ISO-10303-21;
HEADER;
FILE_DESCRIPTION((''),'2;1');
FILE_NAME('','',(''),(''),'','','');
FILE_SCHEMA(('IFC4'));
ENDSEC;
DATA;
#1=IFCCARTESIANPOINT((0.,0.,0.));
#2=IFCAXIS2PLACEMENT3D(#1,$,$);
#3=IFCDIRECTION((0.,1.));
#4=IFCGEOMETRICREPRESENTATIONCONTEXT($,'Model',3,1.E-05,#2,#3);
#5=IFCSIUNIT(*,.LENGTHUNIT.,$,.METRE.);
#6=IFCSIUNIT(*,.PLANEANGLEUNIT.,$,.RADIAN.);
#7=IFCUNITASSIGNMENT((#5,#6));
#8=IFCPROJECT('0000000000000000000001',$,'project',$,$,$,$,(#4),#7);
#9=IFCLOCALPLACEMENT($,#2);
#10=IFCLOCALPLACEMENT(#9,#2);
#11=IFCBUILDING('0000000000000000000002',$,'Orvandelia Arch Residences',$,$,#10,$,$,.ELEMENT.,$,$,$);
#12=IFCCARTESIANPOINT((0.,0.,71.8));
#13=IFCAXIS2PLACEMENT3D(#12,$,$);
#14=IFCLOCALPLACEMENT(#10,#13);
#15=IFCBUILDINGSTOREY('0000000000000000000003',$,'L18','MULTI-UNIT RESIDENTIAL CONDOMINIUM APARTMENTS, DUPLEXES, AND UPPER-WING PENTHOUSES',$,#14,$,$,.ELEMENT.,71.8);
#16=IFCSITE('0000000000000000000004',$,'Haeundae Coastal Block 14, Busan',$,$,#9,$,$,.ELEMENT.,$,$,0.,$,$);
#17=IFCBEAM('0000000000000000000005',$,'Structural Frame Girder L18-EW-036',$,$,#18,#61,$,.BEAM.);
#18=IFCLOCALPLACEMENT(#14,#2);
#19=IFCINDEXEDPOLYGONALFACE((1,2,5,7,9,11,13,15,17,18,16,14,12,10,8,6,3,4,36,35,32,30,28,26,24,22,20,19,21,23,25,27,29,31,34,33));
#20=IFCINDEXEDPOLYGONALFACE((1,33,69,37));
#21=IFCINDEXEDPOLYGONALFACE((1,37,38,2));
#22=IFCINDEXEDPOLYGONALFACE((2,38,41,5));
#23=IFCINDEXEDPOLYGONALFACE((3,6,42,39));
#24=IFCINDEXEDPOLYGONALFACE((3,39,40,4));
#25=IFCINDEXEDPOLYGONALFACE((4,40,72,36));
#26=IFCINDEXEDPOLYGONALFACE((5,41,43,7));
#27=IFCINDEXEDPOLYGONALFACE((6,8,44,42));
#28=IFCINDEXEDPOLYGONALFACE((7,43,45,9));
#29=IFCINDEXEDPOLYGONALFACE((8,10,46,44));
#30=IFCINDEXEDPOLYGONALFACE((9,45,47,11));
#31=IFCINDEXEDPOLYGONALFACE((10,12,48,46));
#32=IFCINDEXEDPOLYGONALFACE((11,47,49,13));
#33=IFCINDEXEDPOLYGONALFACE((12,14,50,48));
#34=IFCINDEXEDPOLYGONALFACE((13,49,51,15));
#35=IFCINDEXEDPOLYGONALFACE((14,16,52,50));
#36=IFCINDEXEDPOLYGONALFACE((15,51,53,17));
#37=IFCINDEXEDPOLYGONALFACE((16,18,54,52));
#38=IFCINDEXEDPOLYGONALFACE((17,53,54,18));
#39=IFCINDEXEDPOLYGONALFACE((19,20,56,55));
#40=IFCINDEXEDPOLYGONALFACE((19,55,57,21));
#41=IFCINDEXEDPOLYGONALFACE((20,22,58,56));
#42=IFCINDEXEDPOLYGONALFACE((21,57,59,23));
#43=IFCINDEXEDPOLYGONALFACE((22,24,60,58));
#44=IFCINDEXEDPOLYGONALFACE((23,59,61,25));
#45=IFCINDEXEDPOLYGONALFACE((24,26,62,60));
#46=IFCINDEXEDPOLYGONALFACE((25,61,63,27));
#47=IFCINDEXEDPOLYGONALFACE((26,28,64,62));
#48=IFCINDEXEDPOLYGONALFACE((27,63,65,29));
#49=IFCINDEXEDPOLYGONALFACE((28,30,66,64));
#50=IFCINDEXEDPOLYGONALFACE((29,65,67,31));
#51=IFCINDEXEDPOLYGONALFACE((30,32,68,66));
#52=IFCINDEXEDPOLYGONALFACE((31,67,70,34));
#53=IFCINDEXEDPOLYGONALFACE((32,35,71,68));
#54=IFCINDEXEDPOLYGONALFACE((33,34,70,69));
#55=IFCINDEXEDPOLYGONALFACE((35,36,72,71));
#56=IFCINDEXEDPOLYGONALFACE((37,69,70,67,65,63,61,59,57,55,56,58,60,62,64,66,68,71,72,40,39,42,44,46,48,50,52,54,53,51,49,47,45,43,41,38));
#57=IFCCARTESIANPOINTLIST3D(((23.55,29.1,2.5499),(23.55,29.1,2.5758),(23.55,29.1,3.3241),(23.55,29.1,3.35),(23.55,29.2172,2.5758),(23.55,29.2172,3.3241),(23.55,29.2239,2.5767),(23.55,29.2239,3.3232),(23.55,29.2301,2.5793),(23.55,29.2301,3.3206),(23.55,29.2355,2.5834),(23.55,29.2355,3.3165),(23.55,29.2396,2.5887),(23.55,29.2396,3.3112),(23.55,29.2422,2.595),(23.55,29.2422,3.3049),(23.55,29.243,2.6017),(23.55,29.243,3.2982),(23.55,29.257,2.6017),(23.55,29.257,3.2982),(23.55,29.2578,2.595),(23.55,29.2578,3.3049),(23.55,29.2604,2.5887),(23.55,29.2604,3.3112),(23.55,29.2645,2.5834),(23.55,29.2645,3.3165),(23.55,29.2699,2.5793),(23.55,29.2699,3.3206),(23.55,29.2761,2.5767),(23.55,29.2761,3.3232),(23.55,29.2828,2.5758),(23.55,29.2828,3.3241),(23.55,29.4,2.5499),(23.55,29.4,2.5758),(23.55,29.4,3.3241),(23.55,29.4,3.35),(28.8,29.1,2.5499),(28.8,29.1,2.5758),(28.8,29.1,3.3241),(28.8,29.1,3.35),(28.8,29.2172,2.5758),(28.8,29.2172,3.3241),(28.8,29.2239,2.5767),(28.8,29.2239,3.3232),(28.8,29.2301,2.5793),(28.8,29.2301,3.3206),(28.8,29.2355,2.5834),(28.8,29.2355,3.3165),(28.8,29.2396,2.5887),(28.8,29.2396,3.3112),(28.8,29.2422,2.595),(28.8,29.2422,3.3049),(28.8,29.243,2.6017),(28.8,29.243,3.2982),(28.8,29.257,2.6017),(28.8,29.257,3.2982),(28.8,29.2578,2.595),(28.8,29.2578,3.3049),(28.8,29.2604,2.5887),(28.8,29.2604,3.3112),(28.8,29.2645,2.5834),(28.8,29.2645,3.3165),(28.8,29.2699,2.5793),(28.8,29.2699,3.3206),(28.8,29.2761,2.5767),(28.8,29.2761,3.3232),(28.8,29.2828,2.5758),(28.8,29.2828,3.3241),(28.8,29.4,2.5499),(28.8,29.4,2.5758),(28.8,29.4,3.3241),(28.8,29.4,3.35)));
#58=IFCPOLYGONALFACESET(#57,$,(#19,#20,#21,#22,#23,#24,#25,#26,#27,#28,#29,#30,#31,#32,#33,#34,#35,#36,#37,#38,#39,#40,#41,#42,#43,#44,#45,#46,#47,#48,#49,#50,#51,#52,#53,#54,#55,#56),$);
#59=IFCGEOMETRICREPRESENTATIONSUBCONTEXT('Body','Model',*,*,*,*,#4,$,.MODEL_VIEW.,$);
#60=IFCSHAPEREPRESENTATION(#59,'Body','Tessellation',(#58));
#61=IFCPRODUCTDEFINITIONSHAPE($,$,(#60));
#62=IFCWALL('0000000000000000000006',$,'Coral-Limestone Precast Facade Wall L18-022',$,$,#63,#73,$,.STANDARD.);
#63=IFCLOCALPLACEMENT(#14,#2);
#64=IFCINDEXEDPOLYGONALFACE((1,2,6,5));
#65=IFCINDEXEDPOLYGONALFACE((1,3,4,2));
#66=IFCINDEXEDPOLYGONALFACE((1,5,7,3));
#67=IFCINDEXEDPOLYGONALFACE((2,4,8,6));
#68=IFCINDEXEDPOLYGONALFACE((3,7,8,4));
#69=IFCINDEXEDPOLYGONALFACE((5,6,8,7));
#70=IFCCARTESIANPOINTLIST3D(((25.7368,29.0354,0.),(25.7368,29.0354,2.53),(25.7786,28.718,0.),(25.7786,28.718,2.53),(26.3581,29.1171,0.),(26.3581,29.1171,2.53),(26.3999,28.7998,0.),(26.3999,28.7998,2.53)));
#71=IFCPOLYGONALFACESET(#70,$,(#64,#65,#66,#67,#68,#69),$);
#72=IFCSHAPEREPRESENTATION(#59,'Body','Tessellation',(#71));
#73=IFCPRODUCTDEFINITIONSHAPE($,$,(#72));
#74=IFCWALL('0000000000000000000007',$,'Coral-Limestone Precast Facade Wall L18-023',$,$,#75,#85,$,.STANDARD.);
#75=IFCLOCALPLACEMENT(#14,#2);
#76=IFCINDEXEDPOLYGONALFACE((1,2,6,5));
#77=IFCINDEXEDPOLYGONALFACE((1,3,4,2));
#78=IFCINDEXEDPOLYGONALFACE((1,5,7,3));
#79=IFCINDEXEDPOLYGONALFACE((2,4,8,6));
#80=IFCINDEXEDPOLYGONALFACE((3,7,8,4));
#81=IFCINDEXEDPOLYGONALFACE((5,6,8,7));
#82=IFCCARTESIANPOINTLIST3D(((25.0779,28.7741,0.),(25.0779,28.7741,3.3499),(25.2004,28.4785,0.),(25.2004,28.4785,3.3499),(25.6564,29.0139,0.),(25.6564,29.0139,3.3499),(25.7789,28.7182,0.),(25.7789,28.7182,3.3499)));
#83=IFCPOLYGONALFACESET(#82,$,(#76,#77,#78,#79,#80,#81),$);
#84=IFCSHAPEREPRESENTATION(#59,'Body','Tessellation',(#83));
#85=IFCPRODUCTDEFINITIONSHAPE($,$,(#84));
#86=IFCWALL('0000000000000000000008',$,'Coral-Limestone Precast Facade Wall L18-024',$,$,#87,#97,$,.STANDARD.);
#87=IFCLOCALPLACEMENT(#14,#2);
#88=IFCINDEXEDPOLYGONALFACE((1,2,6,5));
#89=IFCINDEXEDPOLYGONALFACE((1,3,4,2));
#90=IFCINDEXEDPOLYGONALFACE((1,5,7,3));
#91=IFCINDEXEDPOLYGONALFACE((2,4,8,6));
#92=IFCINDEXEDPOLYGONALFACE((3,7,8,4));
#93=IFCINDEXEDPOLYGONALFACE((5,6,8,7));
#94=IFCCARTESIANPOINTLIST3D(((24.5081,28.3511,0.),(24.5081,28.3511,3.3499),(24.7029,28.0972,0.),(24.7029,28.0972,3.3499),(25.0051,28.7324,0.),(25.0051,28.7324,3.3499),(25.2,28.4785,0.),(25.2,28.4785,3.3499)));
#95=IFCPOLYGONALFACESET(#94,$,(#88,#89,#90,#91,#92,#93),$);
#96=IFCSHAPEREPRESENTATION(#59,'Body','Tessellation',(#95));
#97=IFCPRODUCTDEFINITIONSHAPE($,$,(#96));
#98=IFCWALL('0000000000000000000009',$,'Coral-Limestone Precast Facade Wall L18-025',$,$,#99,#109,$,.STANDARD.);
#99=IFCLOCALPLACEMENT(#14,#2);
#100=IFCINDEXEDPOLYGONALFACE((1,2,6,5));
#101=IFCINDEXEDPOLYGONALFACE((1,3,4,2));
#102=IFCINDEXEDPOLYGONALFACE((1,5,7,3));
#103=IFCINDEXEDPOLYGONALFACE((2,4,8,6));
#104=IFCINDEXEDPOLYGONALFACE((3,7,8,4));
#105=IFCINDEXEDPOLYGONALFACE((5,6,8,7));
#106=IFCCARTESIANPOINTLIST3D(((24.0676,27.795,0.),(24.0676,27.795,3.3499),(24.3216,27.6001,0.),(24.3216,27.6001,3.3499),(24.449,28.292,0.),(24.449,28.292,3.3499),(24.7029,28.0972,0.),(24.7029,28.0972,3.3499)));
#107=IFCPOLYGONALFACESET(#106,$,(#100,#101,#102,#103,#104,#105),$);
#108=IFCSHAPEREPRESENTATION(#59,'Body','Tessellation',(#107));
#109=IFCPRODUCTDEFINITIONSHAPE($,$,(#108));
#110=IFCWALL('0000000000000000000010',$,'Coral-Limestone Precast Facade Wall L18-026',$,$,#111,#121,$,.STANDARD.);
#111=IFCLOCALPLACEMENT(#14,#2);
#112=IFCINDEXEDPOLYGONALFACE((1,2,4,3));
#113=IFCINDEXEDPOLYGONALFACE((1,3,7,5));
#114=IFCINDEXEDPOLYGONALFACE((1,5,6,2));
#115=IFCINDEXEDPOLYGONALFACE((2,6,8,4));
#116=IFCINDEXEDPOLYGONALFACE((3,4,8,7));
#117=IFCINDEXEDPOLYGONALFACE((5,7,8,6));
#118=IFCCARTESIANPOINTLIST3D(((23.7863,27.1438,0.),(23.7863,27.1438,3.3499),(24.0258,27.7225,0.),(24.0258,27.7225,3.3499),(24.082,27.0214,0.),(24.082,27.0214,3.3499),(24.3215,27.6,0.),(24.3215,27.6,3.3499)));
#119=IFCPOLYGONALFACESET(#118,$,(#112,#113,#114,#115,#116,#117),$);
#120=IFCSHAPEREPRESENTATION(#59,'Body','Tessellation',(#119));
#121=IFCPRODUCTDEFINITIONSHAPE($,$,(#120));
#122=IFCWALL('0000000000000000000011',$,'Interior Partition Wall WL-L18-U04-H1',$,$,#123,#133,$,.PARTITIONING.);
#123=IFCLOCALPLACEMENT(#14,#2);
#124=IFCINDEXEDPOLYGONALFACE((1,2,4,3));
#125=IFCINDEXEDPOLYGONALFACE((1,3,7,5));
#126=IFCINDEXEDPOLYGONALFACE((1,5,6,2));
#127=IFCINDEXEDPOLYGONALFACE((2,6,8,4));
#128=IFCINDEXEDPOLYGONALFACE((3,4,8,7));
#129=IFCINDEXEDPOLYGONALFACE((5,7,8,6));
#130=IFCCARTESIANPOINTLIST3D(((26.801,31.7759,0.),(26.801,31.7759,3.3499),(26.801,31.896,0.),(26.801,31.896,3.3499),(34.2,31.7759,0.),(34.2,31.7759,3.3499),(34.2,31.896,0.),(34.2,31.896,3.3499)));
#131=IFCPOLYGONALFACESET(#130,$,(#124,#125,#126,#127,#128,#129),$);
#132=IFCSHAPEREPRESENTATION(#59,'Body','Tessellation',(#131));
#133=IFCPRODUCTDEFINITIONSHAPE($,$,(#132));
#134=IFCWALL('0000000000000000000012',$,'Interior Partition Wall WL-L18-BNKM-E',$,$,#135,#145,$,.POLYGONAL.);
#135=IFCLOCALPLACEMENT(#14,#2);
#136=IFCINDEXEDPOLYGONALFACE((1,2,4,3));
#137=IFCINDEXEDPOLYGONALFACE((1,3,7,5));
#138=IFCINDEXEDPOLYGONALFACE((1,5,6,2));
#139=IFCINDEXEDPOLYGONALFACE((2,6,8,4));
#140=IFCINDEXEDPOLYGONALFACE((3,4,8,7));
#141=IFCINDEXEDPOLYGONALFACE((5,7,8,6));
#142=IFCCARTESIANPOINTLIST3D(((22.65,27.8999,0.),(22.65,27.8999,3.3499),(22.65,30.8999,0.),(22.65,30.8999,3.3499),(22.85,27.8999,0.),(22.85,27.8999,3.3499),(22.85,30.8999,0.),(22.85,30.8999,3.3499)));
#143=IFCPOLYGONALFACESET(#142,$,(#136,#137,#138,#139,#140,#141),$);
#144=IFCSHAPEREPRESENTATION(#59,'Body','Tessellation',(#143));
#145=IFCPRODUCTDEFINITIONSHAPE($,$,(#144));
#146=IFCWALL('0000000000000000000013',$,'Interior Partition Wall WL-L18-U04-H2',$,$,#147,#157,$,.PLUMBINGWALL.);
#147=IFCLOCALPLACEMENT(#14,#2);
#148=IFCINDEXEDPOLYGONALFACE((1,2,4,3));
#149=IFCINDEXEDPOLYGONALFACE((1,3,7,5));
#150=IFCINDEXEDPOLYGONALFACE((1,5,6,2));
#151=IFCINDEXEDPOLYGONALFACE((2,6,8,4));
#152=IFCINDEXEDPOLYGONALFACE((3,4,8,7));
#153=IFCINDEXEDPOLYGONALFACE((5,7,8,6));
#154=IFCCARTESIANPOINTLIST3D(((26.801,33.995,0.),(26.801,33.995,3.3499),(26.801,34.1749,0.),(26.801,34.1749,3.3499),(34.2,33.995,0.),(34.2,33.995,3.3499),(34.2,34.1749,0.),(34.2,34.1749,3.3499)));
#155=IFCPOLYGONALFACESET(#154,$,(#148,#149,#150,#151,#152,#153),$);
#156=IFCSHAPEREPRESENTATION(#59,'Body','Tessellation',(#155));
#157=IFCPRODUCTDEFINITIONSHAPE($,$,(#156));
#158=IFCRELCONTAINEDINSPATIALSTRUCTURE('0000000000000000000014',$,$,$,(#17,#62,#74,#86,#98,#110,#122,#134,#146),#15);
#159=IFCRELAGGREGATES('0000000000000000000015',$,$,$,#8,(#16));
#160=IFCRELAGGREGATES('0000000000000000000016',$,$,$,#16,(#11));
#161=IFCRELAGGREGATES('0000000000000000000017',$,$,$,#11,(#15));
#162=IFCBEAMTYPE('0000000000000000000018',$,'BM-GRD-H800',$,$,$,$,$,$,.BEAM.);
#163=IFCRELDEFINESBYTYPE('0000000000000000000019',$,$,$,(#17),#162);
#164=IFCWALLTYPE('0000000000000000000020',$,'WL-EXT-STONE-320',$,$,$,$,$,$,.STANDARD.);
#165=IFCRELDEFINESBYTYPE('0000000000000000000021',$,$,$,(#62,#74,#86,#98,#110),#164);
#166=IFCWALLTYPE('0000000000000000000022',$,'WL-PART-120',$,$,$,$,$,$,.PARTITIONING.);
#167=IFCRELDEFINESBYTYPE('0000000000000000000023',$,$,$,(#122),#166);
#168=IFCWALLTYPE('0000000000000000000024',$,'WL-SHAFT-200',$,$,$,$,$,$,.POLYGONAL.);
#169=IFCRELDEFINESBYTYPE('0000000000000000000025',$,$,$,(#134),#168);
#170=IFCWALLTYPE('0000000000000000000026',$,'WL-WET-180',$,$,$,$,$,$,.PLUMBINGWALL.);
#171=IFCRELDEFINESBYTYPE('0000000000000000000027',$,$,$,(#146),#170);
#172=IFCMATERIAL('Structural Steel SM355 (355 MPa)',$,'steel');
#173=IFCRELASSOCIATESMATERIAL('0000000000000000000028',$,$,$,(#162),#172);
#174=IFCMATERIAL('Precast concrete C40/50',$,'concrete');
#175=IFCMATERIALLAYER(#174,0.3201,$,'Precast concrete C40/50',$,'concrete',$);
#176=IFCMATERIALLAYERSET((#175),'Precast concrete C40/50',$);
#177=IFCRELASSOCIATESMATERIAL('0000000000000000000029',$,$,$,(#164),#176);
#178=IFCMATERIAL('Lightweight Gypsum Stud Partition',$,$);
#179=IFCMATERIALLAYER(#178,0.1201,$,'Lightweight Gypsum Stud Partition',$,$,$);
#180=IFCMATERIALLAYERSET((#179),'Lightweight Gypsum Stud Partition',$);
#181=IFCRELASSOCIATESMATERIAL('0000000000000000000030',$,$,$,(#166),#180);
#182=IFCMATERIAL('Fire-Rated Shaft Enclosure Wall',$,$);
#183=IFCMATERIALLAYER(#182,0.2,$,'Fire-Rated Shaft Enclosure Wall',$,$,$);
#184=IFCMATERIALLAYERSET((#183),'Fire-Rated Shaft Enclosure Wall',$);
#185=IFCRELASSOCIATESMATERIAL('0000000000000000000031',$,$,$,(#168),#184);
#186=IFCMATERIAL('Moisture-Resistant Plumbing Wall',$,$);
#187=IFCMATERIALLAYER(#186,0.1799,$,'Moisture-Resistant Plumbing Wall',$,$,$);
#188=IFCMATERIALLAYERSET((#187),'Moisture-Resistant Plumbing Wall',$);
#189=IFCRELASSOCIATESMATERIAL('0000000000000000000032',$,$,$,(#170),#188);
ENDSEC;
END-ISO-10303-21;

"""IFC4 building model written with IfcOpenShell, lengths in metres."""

from ifc_helpers import new_model, si_unit, direction, frame, frame_2d, origin, origin_2d, place, context, subcontext, project, spatial, rectangle, i_section, extrude, material, layer, layer_set, material_profile, profile_set, type_object, element, save


model = new_model("IFC4")

# Units and contexts
model_context = context("Model", 3, precision=1e-05, world=origin(), true_north=direction((0.0, 1.0)))
body_context = subcontext(model_context, "Body", "Model", "MODEL_VIEW")
ifc_project = project(units=[si_unit("LENGTHUNIT", "METRE"), si_unit("PLANEANGLEUNIT", "RADIAN")], contexts=[model_context])

# Site, building, storey
site_placement = place(None, origin())
site = spatial("IfcSite", under=ifc_project, at=site_placement, Name="Haeundae Coastal Block 14, Busan", CompositionType="ELEMENT", RefElevation=0.0)
building_placement = place(site_placement, origin())
building = spatial("IfcBuilding", under=site, at=building_placement, Name="Orvandelia Arch Residences", CompositionType="ELEMENT")
storey_placement = place(building_placement, frame((0.0, 0.0, 71.8)))
storey = spatial("IfcBuildingStorey", under=building, at=storey_placement, Name="L18", Description="MULTI-UNIT RESIDENTIAL CONDOMINIUM APARTMENTS, DUPLEXES, AND UPPER-WING PENTHOUSES", CompositionType="ELEMENT", Elevation=71.8)

# Beam
ifc_material_1 = material(Name="Structural Steel SM355 (355 MPa)", Category="steel")
ifc_material_profile_1 = material_profile(ifc_material_1, i_section(OverallWidth=0.3, OverallDepth=0.8, WebThickness=0.0139, FlangeThickness=0.0259, FilletRadius=0.0259, at=origin_2d()), Name="Structural Steel SM355 (355 MPa)", Category="steel")
ifc_profile_set_1 = profile_set([ifc_material_profile_1], Name="Structural Steel SM355 (355 MPa)")
beam_type = type_object("IfcBeamType", Name="BM-GRD-H800", PredefinedType="BEAM", material=ifc_profile_set_1)
beam_1_placement = place(storey_placement, frame((23.55, 29.25, 2.95), z_axis=(1.0, 0.0, 0.0), x_axis=(0.0, 1.0, 0.0)))
element("IfcBeam", 1, at=beam_1_placement, inside=storey, type_object=beam_type, Name="Structural Frame Girder L18-EW-036", PredefinedType="BEAM", context=body_context, shape_type="SweptSolid", body=[
    extrude(i_section(OverallWidth=0.3, OverallDepth=0.8, WebThickness=0.0139, FlangeThickness=0.0259, FilletRadius=0.0259, at=origin_2d()), origin(), (0.0, 0.0, 1.0), 5.25),
])

# Walls
ifc_material_2 = material(Name="Precast concrete C40/50", Category="concrete")
ifc_layer_1 = layer(ifc_material_2, 0.3201, Name="Precast concrete C40/50", Category="concrete")
ifc_layer_set_1 = layer_set([ifc_layer_1], Name="Precast concrete C40/50")
wall_type_1 = type_object("IfcWallType", Name="WL-EXT-STONE-320", PredefinedType="STANDARD", material=ifc_layer_set_1)
wall_1_placement = place(storey_placement, frame((26.3792, 28.9585, 0.0), z_axis=(0.0, 0.0, 1.0), x_axis=(-0.991448, -0.130505, 0.0)))
element("IfcWall", 2, at=wall_1_placement, inside=storey, type_object=wall_type_1, Name="Coral-Limestone Precast Facade Wall L18-022", PredefinedType="STANDARD", context=body_context, shape_type="SweptSolid", body=[
    extrude(rectangle(XDim=0.6267, YDim=0.3201, at=frame_2d((0.3135, 0.0))), origin(), (0.0, 0.0, 1.0), 2.53),
])
wall_2_placement = place(storey_placement, frame((25.7175, 28.866, 0.0), z_axis=(0.0, 0.0, 1.0), x_axis=(-0.923836, -0.382788, 0.0)))
element("IfcWall", 3, at=wall_2_placement, inside=storey, type_object=wall_type_1, Name="Coral-Limestone Precast Facade Wall L18-023", PredefinedType="STANDARD", context=body_context, shape_type="SweptSolid", body=[
    extrude(rectangle(XDim=0.6262, YDim=0.3201, at=frame_2d((0.313, 0.0))), origin(), (0.0, 0.0, 1.0), 3.3499),
])
for number, where, z_axis, x_axis, name in (
    (4, (25.1025, 28.6055, 0.0), (0.0, 0.0, 1.0), (-0.793406, -0.608693, 0.0), "Coral-Limestone Precast Facade Wall L18-024"),
    (5, (24.5759, 28.1946, 0.0), (0.0, 0.0, 1.0), (-0.608693, -0.793406, 0.0), "Coral-Limestone Precast Facade Wall L18-025"),
):
    element("IfcWall", number, at=place(storey_placement, frame(where, z_axis=z_axis, x_axis=x_axis)), inside=storey, type_object=wall_type_1, Name=name, PredefinedType="STANDARD", context=body_context, shape_type="SweptSolid", body=[
        extrude(rectangle(XDim=0.6265, YDim=0.3201, at=frame_2d((0.3132, 0.0))), origin(), (0.0, 0.0, 1.0), 3.3499),
    ])
wall_3_placement = place(storey_placement, frame((24.1736, 27.6611, 0.0), z_axis=(0.0, 0.0, 1.0), x_axis=(-0.382455, -0.923974, 0.0)))
element("IfcWall", 6, at=wall_3_placement, inside=storey, type_object=wall_type_1, Name="Coral-Limestone Precast Facade Wall L18-026", PredefinedType="STANDARD", context=body_context, shape_type="SweptSolid", body=[
    extrude(rectangle(XDim=0.6262, YDim=0.3201, at=frame_2d((0.313, 0.0))), origin(), (0.0, 0.0, 1.0), 3.3499),
])
ifc_material_3 = material(Name="Lightweight Gypsum Stud Partition")
ifc_layer_2 = layer(ifc_material_3, 0.1201, Name="Lightweight Gypsum Stud Partition")
ifc_layer_set_2 = layer_set([ifc_layer_2], Name="Lightweight Gypsum Stud Partition")
wall_type_2 = type_object("IfcWallType", Name="WL-PART-120", PredefinedType="PARTITIONING", material=ifc_layer_set_2)
wall_4_placement = place(storey_placement, frame((26.801, 31.8359, 0.0), z_axis=(0.0, 0.0, 1.0), x_axis=(1.0, 0.0, 0.0)))
element("IfcWall", 7, at=wall_4_placement, inside=storey, type_object=wall_type_2, Name="Interior Partition Wall WL-L18-U04-H1", PredefinedType="PARTITIONING", context=body_context, shape_type="SweptSolid", body=[
    extrude(rectangle(XDim=7.3989, YDim=0.1201, at=frame_2d((3.6995, 0.0))), origin(), (0.0, 0.0, 1.0), 3.3499),
])
ifc_material_4 = material(Name="Fire-Rated Shaft Enclosure Wall")
ifc_layer_3 = layer(ifc_material_4, 0.2, Name="Fire-Rated Shaft Enclosure Wall")
ifc_layer_set_3 = layer_set([ifc_layer_3], Name="Fire-Rated Shaft Enclosure Wall")
wall_type_3 = type_object("IfcWallType", Name="WL-SHAFT-200", PredefinedType="POLYGONAL", material=ifc_layer_set_3)
wall_5_placement = place(storey_placement, frame((22.75, 27.8999, 0.0), z_axis=(0.0, 0.0, 1.0), x_axis=(0.0, 1.0, 0.0)))
element("IfcWall", 8, at=wall_5_placement, inside=storey, type_object=wall_type_3, Name="Interior Partition Wall WL-L18-BNKM-E", PredefinedType="POLYGONAL", context=body_context, shape_type="SweptSolid", body=[
    extrude(rectangle(XDim=3.0, YDim=0.2, at=frame_2d((1.5, 0.0))), origin(), (0.0, 0.0, 1.0), 3.3499),
])

# Shared definitions
ifc_material_5 = material(Name="Moisture-Resistant Plumbing Wall")
ifc_layer_4 = layer(ifc_material_5, 0.1799, Name="Moisture-Resistant Plumbing Wall")
ifc_layer_set_4 = layer_set([ifc_layer_4], Name="Moisture-Resistant Plumbing Wall")
wall_type_4 = type_object("IfcWallType", Name="WL-WET-180", PredefinedType="PLUMBINGWALL", material=ifc_layer_set_4)

# Wall
wall_6_placement = place(storey_placement, frame((26.801, 34.085, 0.0), z_axis=(0.0, 0.0, 1.0), x_axis=(1.0, 0.0, 0.0)))
element("IfcWall", 9, at=wall_6_placement, inside=storey, type_object=wall_type_4, Name="Interior Partition Wall WL-L18-U04-H2", PredefinedType="PLUMBINGWALL", context=body_context, shape_type="SweptSolid", body=[
    extrude(rectangle(XDim=7.3989, YDim=0.1799, at=frame_2d((3.6995, 0.0))), origin(), (0.0, 0.0, 1.0), 3.3499),
])

save(model, "model.ifc")
